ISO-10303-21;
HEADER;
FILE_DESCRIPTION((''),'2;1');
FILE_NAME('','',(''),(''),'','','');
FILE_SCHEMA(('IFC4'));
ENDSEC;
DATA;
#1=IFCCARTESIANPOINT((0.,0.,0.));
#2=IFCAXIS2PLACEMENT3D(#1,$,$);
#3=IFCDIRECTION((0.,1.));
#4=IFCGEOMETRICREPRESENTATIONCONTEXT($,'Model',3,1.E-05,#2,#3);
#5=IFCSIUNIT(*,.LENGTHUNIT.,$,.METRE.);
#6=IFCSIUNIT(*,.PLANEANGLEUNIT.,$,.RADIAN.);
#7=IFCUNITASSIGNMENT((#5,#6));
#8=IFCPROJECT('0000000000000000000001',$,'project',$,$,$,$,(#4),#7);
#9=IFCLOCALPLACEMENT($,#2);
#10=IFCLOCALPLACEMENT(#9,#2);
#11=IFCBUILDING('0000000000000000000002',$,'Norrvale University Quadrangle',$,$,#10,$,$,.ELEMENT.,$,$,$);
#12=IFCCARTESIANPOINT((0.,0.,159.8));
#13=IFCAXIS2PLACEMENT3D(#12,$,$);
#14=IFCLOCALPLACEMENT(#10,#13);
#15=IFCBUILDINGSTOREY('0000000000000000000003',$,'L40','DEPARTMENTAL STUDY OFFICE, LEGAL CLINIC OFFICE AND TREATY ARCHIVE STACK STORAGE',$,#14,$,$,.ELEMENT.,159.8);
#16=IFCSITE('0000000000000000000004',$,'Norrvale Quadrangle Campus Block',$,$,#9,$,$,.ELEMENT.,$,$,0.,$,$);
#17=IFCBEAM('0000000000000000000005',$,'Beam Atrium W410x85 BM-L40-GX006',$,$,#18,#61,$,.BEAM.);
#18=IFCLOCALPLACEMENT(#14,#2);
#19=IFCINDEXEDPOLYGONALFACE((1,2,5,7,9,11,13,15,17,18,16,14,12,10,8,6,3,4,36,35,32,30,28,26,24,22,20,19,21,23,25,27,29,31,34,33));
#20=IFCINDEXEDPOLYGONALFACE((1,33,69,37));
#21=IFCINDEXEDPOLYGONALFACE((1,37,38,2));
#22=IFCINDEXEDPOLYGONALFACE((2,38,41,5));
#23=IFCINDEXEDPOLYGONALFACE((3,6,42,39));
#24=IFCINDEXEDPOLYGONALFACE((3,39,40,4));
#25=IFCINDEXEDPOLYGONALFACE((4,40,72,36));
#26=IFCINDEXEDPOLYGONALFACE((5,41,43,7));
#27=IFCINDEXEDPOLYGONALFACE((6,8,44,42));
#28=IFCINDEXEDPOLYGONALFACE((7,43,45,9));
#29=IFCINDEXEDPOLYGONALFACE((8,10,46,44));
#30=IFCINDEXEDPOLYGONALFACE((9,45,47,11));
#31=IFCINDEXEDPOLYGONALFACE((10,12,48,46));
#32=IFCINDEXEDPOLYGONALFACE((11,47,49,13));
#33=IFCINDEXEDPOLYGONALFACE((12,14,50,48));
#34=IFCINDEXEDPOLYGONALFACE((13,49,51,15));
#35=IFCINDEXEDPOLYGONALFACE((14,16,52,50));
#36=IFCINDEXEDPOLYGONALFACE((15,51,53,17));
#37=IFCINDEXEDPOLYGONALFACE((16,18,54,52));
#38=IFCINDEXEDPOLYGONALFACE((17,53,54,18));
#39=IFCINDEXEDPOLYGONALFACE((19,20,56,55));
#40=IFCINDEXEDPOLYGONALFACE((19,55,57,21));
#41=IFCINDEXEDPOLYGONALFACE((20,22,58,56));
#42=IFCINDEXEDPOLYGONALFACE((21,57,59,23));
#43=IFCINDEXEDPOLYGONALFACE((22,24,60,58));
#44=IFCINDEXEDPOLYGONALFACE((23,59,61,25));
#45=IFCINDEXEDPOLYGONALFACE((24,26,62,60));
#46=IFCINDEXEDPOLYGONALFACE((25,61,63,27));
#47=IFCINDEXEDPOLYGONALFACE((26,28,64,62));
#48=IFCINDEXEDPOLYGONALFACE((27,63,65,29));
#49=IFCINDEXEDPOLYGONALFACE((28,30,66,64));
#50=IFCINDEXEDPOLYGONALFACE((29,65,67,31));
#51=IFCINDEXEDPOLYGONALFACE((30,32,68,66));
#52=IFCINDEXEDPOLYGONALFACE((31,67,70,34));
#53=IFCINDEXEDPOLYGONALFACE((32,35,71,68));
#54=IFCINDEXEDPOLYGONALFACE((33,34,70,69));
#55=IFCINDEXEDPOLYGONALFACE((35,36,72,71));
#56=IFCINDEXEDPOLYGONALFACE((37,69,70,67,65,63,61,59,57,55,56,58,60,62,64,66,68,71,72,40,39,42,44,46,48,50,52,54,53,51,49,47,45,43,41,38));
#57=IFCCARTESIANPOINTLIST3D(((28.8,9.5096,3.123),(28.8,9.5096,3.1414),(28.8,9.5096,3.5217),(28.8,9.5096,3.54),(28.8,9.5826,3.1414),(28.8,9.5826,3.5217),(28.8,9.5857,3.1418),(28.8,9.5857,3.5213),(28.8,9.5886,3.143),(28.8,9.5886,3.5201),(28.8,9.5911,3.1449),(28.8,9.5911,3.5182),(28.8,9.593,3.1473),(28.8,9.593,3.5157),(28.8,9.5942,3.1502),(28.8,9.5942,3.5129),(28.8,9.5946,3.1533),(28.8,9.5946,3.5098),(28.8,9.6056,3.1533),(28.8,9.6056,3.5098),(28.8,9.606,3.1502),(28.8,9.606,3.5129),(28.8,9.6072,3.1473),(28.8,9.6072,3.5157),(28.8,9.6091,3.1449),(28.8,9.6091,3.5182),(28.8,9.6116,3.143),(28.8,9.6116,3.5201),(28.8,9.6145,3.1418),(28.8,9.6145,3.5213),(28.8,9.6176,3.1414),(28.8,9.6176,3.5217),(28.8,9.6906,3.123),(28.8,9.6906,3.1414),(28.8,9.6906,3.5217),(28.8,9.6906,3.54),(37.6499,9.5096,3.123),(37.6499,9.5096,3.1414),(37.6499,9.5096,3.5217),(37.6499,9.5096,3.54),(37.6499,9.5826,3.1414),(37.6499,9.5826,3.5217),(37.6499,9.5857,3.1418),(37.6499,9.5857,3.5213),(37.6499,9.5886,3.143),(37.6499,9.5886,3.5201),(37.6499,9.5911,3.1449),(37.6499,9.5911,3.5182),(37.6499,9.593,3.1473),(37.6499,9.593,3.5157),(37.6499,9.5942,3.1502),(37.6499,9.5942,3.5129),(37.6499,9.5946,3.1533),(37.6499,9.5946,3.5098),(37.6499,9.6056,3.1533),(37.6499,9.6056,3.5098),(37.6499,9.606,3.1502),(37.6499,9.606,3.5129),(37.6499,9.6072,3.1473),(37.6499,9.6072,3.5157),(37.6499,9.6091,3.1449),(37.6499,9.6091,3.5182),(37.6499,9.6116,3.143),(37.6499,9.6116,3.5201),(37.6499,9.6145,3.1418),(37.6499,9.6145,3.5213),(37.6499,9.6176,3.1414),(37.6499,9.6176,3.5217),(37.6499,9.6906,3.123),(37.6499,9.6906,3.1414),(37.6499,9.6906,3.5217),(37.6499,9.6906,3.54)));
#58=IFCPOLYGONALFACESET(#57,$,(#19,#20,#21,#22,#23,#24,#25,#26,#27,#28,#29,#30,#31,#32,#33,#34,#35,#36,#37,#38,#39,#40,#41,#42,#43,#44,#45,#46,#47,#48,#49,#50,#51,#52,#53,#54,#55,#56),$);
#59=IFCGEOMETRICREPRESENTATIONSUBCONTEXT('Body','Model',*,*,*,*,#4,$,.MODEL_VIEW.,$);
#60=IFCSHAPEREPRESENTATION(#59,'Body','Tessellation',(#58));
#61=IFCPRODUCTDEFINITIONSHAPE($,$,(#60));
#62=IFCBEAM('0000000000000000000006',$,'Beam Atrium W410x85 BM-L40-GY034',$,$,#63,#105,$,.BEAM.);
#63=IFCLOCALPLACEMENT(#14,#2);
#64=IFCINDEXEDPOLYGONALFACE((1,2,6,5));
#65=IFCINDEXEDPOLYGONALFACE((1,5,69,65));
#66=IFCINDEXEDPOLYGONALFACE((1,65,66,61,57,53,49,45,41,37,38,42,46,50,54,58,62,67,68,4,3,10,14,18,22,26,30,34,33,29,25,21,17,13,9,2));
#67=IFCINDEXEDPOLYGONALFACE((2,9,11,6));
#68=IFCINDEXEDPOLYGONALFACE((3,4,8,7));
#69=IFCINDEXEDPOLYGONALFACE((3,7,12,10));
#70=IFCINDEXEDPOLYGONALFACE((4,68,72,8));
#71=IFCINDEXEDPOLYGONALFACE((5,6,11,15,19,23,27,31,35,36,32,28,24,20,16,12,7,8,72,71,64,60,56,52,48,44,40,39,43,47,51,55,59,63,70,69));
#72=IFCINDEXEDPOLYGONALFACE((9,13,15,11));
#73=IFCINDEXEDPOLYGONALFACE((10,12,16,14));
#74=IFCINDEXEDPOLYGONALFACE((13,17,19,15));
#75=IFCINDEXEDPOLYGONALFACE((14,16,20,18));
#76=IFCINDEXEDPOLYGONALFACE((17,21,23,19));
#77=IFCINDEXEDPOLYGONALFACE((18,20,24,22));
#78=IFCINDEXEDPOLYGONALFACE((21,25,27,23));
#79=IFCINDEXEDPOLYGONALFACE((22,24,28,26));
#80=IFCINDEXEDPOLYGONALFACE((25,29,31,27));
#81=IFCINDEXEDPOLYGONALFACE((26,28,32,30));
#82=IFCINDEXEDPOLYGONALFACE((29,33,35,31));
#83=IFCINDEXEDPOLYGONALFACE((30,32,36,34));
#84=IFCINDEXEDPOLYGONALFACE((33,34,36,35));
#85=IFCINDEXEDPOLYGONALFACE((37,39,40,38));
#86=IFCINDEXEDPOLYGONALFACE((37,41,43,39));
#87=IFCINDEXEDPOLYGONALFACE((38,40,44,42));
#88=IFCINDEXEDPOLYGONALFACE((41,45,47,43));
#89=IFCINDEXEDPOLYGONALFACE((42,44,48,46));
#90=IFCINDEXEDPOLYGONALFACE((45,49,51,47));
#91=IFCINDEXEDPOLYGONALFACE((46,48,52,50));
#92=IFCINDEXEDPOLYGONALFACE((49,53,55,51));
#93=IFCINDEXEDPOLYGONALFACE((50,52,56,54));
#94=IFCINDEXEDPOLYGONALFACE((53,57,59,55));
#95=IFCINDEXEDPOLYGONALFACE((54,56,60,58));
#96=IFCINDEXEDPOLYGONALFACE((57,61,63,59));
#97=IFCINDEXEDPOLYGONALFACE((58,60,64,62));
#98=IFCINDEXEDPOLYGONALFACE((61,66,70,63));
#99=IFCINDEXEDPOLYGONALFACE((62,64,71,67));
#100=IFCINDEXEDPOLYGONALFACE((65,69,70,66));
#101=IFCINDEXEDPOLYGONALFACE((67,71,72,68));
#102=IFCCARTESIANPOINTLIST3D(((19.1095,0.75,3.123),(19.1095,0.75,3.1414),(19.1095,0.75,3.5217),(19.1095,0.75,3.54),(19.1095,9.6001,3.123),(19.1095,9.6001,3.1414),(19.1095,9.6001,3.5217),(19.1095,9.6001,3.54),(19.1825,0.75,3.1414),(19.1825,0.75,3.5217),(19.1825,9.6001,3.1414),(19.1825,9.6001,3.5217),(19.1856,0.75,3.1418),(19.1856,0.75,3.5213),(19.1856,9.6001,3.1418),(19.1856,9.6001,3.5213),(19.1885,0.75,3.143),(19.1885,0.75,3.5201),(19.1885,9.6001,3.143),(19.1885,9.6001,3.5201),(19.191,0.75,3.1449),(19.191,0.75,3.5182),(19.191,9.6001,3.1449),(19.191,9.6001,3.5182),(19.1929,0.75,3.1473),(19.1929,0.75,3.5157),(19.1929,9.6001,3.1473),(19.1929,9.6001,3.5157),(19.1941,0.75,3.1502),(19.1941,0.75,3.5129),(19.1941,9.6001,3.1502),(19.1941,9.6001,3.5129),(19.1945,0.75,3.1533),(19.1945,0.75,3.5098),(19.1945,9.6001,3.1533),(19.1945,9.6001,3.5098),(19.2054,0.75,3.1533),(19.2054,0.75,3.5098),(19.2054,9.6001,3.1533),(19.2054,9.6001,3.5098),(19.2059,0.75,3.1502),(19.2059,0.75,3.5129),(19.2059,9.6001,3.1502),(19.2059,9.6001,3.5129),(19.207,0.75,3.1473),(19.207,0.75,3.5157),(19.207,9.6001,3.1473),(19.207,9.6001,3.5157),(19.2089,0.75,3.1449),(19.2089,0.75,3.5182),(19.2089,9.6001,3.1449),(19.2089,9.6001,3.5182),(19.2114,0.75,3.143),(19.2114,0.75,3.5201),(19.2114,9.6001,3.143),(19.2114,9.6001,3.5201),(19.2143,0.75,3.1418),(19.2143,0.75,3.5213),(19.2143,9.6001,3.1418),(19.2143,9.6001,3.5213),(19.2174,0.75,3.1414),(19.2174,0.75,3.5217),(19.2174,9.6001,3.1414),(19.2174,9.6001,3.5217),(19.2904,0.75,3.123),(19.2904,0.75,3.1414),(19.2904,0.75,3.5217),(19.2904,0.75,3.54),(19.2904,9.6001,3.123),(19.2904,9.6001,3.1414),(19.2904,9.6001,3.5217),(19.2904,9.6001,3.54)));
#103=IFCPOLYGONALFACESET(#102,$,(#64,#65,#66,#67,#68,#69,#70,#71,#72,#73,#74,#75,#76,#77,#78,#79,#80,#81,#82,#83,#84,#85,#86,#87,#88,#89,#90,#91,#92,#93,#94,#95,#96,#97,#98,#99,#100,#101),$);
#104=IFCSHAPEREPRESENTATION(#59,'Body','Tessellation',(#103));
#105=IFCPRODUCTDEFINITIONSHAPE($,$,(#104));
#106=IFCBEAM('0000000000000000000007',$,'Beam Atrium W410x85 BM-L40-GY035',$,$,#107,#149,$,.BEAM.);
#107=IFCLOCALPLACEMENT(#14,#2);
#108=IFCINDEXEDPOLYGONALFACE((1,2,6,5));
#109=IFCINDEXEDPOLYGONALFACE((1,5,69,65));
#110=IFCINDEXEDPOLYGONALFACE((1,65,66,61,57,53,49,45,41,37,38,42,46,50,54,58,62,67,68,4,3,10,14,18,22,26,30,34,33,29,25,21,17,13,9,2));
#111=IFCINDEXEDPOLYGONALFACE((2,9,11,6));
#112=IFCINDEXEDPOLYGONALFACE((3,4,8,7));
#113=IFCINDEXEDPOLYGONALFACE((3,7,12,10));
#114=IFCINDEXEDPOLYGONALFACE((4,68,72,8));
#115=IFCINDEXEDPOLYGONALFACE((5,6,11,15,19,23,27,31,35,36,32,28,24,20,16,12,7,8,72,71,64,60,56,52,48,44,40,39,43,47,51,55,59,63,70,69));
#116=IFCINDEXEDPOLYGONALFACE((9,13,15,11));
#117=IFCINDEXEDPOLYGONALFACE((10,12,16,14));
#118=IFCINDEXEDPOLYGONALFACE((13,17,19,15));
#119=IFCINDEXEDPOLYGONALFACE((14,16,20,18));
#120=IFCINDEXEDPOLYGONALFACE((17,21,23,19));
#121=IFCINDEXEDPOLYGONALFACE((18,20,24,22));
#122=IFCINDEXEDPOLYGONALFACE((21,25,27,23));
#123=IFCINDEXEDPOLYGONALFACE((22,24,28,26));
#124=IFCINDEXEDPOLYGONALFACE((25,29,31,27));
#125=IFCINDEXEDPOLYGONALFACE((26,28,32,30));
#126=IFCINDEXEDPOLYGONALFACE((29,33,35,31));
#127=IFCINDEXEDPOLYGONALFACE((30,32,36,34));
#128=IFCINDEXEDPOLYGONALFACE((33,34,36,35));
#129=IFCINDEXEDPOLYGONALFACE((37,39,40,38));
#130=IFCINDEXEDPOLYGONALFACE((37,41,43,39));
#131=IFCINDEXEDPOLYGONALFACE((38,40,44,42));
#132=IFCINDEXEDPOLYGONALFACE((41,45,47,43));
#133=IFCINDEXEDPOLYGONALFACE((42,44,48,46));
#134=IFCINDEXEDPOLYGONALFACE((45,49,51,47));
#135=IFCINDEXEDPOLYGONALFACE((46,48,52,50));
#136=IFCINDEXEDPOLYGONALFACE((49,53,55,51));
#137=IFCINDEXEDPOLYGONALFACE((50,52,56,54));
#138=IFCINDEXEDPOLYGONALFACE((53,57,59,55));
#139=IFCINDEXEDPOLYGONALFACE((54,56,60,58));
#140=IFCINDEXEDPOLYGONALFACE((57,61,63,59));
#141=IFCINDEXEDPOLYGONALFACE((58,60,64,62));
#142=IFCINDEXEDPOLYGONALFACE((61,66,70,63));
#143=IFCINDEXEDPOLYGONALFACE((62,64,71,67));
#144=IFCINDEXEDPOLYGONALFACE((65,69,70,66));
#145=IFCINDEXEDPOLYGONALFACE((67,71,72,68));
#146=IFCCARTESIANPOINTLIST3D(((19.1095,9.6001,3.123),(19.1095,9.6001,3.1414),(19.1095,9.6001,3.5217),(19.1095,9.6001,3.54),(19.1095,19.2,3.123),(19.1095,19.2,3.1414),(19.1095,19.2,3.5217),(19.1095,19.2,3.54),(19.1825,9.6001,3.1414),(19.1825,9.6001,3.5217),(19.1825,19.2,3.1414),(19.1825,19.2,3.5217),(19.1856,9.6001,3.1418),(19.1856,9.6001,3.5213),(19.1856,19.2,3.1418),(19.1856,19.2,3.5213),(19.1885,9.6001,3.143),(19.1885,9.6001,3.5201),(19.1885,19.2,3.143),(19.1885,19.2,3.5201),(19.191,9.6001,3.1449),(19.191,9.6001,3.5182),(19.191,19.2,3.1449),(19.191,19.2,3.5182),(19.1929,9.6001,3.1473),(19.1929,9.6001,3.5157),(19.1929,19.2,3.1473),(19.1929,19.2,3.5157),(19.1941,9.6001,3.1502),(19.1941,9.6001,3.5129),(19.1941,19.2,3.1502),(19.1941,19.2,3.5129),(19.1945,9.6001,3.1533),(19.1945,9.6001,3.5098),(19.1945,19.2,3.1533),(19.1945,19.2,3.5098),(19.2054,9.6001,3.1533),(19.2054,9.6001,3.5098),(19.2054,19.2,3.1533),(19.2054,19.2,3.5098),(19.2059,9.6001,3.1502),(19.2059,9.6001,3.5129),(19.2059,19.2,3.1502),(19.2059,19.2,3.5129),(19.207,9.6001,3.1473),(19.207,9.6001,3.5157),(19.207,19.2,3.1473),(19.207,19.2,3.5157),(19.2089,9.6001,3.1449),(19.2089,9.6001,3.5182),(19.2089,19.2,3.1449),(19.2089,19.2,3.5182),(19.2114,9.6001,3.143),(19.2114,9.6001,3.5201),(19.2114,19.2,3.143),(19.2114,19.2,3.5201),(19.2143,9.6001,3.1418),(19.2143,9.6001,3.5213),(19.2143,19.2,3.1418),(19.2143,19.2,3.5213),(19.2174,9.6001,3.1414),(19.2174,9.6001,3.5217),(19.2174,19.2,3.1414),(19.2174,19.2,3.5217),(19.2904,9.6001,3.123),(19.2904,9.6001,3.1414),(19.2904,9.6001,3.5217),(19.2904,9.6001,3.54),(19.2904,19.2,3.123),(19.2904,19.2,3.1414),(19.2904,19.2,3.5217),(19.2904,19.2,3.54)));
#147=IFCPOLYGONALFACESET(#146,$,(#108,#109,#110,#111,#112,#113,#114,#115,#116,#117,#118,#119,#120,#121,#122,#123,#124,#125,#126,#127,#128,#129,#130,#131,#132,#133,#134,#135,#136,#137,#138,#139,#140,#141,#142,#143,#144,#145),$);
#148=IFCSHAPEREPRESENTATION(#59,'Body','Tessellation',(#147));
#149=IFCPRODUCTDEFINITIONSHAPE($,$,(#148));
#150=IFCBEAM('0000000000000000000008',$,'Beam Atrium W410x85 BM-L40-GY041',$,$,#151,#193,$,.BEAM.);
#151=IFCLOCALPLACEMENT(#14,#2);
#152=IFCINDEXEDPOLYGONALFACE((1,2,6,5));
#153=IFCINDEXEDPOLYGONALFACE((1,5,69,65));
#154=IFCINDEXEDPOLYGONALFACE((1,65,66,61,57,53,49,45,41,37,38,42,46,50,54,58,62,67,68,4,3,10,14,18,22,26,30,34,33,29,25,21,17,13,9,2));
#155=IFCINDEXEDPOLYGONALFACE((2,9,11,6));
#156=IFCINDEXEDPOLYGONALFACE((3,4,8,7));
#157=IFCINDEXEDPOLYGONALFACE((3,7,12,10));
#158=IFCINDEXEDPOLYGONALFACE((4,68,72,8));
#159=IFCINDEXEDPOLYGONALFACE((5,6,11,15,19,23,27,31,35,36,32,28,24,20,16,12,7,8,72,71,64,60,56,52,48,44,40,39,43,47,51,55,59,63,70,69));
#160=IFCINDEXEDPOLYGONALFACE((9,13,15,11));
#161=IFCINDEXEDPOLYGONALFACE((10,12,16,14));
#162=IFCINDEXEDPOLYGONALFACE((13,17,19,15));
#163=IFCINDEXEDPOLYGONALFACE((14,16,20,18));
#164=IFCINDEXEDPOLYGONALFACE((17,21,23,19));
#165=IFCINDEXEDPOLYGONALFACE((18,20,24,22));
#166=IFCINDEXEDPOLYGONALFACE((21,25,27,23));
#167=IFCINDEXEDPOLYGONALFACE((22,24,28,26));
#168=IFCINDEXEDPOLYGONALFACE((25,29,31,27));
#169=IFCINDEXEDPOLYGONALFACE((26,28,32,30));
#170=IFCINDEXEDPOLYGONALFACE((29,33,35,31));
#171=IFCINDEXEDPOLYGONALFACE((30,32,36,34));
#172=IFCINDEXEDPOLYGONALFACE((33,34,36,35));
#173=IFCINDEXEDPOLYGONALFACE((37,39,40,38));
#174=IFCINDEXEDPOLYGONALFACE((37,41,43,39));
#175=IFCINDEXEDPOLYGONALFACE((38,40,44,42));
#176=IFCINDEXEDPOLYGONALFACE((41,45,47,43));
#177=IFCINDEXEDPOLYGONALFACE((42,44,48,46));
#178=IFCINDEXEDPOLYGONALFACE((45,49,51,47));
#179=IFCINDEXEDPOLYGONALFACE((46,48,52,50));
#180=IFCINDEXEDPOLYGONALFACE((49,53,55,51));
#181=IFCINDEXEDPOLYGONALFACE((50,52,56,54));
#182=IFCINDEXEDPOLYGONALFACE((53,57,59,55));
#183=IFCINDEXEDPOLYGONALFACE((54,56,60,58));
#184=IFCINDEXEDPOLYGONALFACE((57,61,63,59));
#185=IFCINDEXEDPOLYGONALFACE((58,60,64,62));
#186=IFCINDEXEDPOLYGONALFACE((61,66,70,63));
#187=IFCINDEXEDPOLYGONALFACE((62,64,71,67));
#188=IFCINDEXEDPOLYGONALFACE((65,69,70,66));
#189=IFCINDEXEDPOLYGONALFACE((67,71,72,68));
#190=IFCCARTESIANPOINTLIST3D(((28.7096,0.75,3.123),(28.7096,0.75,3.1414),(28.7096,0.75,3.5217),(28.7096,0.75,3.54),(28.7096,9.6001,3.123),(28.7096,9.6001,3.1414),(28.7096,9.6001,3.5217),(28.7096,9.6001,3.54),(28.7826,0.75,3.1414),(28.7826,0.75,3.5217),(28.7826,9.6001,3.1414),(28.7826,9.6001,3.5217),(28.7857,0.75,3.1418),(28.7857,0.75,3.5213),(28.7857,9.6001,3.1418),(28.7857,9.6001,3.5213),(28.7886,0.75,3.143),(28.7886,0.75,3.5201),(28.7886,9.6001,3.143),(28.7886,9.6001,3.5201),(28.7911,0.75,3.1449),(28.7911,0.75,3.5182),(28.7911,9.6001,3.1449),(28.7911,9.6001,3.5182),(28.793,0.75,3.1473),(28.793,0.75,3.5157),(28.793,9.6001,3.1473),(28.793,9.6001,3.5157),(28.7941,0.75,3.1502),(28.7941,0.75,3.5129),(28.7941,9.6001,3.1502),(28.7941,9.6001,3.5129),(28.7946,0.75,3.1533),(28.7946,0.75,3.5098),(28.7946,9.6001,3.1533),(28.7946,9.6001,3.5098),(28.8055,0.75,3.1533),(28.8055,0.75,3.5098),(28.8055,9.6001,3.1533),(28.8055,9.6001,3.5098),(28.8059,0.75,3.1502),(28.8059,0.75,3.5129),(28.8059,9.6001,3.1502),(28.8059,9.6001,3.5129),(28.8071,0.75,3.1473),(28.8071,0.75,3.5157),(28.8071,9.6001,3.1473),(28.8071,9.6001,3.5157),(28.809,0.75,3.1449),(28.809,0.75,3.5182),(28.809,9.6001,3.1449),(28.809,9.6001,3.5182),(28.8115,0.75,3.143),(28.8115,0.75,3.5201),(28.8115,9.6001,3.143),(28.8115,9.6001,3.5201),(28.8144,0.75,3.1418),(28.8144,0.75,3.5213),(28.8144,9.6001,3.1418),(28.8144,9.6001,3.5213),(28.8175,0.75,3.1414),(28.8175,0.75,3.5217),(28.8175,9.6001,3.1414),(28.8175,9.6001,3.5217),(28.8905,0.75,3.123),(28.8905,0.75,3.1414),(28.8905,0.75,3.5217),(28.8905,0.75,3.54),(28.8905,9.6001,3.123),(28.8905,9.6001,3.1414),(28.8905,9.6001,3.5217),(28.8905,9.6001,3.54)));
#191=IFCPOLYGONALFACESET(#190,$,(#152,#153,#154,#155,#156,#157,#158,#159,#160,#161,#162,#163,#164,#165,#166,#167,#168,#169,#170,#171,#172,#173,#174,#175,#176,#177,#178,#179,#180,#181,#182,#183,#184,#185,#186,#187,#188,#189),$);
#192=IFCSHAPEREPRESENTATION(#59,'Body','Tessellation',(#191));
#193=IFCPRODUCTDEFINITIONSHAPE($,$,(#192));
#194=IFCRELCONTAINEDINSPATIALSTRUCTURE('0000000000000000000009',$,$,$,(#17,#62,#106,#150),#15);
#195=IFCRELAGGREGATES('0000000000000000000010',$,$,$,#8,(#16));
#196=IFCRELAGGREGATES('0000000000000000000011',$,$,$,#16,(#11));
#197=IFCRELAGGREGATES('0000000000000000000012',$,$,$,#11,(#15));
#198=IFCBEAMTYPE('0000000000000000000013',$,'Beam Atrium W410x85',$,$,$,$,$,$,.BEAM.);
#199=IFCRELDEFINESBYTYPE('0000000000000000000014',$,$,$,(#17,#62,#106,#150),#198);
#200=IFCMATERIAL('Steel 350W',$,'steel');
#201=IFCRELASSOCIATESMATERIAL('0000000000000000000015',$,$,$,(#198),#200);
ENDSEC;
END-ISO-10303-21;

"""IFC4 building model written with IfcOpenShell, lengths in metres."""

from ifc_helpers import new_model, si_unit, direction, frame, origin, origin_2d, place, context, subcontext, project, spatial, i_section, extrude, material, material_profile, profile_set, type_object, element, save


model = new_model("IFC4")

# Units and contexts
model_context = context("Model", 3, precision=1e-05, world=origin(), true_north=direction((0.0, 1.0)))
body_context = subcontext(model_context, "Body", "Model", "MODEL_VIEW")
ifc_project = project(units=[si_unit("LENGTHUNIT", "METRE"), si_unit("PLANEANGLEUNIT", "RADIAN")], contexts=[model_context])

# Site, building, storey
site_placement = place(None, origin())
site = spatial("IfcSite", under=ifc_project, at=site_placement, Name="Norrvale Quadrangle Campus Block", CompositionType="ELEMENT", RefElevation=0.0)
building_placement = place(site_placement, origin())
building = spatial("IfcBuilding", under=site, at=building_placement, Name="Norrvale University Quadrangle", CompositionType="ELEMENT")
storey_placement = place(building_placement, frame((0.0, 0.0, 159.8)))
storey = spatial("IfcBuildingStorey", under=building, at=storey_placement, Name="L40", Description="DEPARTMENTAL STUDY OFFICE, LEGAL CLINIC OFFICE AND TREATY ARCHIVE STACK STORAGE", CompositionType="ELEMENT", Elevation=159.8)

# Beams
ifc_material_1 = material(Name="Steel 350W", Category="steel")
ifc_material_profile_1 = material_profile(ifc_material_1, i_section(OverallWidth=0.1809, OverallDepth=0.417, WebThickness=0.011, FlangeThickness=0.0183, FilletRadius=0.012, at=origin_2d()), Name="Steel 350W")
ifc_profile_set_1 = profile_set([ifc_material_profile_1], Name="Steel 350W")
beam_type_1 = type_object("IfcBeamType", Name="Beam Atrium W410x85", PredefinedType="BEAM", material=ifc_profile_set_1)
beam_1_placement = place(storey_placement, frame((28.8, 9.6001, 3.3315), z_axis=(1.0, 0.0, 0.0), x_axis=(0.0, 1.0, 0.0)))
element("IfcBeam", 1, at=beam_1_placement, inside=storey, type_object=beam_type_1, Name="Beam Atrium W410x85 BM-L40-GX006", PredefinedType="BEAM", context=body_context, shape_type="SweptSolid", body=[
    extrude(i_section(OverallWidth=0.1809, OverallDepth=0.417, WebThickness=0.011, FlangeThickness=0.0183, FilletRadius=0.012, at=origin_2d()), origin(), (0.0, 0.0, 1.0), 8.8499),
])
beam_2_placement = place(storey_placement, frame((19.2, 0.75, 3.3315), z_axis=(0.0, 1.0, 0.0), x_axis=(-1.0, 0.0, 0.0)))
element("IfcBeam", 2, at=beam_2_placement, inside=storey, type_object=beam_type_1, Name="Beam Atrium W410x85 BM-L40-GY034", PredefinedType="BEAM", context=body_context, shape_type="SweptSolid", body=[
    extrude(i_section(OverallWidth=0.1809, OverallDepth=0.417, WebThickness=0.011, FlangeThickness=0.0183, FilletRadius=0.012, at=origin_2d()), origin(), (0.0, 0.0, 1.0), 8.8501),
])
beam_3_placement = place(storey_placement, frame((19.2, 9.6001, 3.3315), z_axis=(0.0, 1.0, 0.0), x_axis=(-1.0, 0.0, 0.0)))
element("IfcBeam", 3, at=beam_3_placement, inside=storey, type_object=beam_type_1, Name="Beam Atrium W410x85 BM-L40-GY035", PredefinedType="BEAM", context=body_context, shape_type="SweptSolid", body=[
    extrude(i_section(OverallWidth=0.1809, OverallDepth=0.417, WebThickness=0.011, FlangeThickness=0.0183, FilletRadius=0.012, at=origin_2d()), origin(), (0.0, 0.0, 1.0), 9.5999),
])
beam_4_placement = place(storey_placement, frame((28.8, 0.75, 3.3315), z_axis=(0.0, 1.0, 0.0), x_axis=(-1.0, 0.0, 0.0)))
element("IfcBeam", 4, at=beam_4_placement, inside=storey, type_object=beam_type_1, Name="Beam Atrium W410x85 BM-L40-GY041", PredefinedType="BEAM", context=body_context, shape_type="SweptSolid", body=[
    extrude(i_section(OverallWidth=0.1809, OverallDepth=0.417, WebThickness=0.011, FlangeThickness=0.0183, FilletRadius=0.012, at=origin_2d()), origin(), (0.0, 0.0, 1.0), 8.8501),
])

save(model, "model.ifc")
